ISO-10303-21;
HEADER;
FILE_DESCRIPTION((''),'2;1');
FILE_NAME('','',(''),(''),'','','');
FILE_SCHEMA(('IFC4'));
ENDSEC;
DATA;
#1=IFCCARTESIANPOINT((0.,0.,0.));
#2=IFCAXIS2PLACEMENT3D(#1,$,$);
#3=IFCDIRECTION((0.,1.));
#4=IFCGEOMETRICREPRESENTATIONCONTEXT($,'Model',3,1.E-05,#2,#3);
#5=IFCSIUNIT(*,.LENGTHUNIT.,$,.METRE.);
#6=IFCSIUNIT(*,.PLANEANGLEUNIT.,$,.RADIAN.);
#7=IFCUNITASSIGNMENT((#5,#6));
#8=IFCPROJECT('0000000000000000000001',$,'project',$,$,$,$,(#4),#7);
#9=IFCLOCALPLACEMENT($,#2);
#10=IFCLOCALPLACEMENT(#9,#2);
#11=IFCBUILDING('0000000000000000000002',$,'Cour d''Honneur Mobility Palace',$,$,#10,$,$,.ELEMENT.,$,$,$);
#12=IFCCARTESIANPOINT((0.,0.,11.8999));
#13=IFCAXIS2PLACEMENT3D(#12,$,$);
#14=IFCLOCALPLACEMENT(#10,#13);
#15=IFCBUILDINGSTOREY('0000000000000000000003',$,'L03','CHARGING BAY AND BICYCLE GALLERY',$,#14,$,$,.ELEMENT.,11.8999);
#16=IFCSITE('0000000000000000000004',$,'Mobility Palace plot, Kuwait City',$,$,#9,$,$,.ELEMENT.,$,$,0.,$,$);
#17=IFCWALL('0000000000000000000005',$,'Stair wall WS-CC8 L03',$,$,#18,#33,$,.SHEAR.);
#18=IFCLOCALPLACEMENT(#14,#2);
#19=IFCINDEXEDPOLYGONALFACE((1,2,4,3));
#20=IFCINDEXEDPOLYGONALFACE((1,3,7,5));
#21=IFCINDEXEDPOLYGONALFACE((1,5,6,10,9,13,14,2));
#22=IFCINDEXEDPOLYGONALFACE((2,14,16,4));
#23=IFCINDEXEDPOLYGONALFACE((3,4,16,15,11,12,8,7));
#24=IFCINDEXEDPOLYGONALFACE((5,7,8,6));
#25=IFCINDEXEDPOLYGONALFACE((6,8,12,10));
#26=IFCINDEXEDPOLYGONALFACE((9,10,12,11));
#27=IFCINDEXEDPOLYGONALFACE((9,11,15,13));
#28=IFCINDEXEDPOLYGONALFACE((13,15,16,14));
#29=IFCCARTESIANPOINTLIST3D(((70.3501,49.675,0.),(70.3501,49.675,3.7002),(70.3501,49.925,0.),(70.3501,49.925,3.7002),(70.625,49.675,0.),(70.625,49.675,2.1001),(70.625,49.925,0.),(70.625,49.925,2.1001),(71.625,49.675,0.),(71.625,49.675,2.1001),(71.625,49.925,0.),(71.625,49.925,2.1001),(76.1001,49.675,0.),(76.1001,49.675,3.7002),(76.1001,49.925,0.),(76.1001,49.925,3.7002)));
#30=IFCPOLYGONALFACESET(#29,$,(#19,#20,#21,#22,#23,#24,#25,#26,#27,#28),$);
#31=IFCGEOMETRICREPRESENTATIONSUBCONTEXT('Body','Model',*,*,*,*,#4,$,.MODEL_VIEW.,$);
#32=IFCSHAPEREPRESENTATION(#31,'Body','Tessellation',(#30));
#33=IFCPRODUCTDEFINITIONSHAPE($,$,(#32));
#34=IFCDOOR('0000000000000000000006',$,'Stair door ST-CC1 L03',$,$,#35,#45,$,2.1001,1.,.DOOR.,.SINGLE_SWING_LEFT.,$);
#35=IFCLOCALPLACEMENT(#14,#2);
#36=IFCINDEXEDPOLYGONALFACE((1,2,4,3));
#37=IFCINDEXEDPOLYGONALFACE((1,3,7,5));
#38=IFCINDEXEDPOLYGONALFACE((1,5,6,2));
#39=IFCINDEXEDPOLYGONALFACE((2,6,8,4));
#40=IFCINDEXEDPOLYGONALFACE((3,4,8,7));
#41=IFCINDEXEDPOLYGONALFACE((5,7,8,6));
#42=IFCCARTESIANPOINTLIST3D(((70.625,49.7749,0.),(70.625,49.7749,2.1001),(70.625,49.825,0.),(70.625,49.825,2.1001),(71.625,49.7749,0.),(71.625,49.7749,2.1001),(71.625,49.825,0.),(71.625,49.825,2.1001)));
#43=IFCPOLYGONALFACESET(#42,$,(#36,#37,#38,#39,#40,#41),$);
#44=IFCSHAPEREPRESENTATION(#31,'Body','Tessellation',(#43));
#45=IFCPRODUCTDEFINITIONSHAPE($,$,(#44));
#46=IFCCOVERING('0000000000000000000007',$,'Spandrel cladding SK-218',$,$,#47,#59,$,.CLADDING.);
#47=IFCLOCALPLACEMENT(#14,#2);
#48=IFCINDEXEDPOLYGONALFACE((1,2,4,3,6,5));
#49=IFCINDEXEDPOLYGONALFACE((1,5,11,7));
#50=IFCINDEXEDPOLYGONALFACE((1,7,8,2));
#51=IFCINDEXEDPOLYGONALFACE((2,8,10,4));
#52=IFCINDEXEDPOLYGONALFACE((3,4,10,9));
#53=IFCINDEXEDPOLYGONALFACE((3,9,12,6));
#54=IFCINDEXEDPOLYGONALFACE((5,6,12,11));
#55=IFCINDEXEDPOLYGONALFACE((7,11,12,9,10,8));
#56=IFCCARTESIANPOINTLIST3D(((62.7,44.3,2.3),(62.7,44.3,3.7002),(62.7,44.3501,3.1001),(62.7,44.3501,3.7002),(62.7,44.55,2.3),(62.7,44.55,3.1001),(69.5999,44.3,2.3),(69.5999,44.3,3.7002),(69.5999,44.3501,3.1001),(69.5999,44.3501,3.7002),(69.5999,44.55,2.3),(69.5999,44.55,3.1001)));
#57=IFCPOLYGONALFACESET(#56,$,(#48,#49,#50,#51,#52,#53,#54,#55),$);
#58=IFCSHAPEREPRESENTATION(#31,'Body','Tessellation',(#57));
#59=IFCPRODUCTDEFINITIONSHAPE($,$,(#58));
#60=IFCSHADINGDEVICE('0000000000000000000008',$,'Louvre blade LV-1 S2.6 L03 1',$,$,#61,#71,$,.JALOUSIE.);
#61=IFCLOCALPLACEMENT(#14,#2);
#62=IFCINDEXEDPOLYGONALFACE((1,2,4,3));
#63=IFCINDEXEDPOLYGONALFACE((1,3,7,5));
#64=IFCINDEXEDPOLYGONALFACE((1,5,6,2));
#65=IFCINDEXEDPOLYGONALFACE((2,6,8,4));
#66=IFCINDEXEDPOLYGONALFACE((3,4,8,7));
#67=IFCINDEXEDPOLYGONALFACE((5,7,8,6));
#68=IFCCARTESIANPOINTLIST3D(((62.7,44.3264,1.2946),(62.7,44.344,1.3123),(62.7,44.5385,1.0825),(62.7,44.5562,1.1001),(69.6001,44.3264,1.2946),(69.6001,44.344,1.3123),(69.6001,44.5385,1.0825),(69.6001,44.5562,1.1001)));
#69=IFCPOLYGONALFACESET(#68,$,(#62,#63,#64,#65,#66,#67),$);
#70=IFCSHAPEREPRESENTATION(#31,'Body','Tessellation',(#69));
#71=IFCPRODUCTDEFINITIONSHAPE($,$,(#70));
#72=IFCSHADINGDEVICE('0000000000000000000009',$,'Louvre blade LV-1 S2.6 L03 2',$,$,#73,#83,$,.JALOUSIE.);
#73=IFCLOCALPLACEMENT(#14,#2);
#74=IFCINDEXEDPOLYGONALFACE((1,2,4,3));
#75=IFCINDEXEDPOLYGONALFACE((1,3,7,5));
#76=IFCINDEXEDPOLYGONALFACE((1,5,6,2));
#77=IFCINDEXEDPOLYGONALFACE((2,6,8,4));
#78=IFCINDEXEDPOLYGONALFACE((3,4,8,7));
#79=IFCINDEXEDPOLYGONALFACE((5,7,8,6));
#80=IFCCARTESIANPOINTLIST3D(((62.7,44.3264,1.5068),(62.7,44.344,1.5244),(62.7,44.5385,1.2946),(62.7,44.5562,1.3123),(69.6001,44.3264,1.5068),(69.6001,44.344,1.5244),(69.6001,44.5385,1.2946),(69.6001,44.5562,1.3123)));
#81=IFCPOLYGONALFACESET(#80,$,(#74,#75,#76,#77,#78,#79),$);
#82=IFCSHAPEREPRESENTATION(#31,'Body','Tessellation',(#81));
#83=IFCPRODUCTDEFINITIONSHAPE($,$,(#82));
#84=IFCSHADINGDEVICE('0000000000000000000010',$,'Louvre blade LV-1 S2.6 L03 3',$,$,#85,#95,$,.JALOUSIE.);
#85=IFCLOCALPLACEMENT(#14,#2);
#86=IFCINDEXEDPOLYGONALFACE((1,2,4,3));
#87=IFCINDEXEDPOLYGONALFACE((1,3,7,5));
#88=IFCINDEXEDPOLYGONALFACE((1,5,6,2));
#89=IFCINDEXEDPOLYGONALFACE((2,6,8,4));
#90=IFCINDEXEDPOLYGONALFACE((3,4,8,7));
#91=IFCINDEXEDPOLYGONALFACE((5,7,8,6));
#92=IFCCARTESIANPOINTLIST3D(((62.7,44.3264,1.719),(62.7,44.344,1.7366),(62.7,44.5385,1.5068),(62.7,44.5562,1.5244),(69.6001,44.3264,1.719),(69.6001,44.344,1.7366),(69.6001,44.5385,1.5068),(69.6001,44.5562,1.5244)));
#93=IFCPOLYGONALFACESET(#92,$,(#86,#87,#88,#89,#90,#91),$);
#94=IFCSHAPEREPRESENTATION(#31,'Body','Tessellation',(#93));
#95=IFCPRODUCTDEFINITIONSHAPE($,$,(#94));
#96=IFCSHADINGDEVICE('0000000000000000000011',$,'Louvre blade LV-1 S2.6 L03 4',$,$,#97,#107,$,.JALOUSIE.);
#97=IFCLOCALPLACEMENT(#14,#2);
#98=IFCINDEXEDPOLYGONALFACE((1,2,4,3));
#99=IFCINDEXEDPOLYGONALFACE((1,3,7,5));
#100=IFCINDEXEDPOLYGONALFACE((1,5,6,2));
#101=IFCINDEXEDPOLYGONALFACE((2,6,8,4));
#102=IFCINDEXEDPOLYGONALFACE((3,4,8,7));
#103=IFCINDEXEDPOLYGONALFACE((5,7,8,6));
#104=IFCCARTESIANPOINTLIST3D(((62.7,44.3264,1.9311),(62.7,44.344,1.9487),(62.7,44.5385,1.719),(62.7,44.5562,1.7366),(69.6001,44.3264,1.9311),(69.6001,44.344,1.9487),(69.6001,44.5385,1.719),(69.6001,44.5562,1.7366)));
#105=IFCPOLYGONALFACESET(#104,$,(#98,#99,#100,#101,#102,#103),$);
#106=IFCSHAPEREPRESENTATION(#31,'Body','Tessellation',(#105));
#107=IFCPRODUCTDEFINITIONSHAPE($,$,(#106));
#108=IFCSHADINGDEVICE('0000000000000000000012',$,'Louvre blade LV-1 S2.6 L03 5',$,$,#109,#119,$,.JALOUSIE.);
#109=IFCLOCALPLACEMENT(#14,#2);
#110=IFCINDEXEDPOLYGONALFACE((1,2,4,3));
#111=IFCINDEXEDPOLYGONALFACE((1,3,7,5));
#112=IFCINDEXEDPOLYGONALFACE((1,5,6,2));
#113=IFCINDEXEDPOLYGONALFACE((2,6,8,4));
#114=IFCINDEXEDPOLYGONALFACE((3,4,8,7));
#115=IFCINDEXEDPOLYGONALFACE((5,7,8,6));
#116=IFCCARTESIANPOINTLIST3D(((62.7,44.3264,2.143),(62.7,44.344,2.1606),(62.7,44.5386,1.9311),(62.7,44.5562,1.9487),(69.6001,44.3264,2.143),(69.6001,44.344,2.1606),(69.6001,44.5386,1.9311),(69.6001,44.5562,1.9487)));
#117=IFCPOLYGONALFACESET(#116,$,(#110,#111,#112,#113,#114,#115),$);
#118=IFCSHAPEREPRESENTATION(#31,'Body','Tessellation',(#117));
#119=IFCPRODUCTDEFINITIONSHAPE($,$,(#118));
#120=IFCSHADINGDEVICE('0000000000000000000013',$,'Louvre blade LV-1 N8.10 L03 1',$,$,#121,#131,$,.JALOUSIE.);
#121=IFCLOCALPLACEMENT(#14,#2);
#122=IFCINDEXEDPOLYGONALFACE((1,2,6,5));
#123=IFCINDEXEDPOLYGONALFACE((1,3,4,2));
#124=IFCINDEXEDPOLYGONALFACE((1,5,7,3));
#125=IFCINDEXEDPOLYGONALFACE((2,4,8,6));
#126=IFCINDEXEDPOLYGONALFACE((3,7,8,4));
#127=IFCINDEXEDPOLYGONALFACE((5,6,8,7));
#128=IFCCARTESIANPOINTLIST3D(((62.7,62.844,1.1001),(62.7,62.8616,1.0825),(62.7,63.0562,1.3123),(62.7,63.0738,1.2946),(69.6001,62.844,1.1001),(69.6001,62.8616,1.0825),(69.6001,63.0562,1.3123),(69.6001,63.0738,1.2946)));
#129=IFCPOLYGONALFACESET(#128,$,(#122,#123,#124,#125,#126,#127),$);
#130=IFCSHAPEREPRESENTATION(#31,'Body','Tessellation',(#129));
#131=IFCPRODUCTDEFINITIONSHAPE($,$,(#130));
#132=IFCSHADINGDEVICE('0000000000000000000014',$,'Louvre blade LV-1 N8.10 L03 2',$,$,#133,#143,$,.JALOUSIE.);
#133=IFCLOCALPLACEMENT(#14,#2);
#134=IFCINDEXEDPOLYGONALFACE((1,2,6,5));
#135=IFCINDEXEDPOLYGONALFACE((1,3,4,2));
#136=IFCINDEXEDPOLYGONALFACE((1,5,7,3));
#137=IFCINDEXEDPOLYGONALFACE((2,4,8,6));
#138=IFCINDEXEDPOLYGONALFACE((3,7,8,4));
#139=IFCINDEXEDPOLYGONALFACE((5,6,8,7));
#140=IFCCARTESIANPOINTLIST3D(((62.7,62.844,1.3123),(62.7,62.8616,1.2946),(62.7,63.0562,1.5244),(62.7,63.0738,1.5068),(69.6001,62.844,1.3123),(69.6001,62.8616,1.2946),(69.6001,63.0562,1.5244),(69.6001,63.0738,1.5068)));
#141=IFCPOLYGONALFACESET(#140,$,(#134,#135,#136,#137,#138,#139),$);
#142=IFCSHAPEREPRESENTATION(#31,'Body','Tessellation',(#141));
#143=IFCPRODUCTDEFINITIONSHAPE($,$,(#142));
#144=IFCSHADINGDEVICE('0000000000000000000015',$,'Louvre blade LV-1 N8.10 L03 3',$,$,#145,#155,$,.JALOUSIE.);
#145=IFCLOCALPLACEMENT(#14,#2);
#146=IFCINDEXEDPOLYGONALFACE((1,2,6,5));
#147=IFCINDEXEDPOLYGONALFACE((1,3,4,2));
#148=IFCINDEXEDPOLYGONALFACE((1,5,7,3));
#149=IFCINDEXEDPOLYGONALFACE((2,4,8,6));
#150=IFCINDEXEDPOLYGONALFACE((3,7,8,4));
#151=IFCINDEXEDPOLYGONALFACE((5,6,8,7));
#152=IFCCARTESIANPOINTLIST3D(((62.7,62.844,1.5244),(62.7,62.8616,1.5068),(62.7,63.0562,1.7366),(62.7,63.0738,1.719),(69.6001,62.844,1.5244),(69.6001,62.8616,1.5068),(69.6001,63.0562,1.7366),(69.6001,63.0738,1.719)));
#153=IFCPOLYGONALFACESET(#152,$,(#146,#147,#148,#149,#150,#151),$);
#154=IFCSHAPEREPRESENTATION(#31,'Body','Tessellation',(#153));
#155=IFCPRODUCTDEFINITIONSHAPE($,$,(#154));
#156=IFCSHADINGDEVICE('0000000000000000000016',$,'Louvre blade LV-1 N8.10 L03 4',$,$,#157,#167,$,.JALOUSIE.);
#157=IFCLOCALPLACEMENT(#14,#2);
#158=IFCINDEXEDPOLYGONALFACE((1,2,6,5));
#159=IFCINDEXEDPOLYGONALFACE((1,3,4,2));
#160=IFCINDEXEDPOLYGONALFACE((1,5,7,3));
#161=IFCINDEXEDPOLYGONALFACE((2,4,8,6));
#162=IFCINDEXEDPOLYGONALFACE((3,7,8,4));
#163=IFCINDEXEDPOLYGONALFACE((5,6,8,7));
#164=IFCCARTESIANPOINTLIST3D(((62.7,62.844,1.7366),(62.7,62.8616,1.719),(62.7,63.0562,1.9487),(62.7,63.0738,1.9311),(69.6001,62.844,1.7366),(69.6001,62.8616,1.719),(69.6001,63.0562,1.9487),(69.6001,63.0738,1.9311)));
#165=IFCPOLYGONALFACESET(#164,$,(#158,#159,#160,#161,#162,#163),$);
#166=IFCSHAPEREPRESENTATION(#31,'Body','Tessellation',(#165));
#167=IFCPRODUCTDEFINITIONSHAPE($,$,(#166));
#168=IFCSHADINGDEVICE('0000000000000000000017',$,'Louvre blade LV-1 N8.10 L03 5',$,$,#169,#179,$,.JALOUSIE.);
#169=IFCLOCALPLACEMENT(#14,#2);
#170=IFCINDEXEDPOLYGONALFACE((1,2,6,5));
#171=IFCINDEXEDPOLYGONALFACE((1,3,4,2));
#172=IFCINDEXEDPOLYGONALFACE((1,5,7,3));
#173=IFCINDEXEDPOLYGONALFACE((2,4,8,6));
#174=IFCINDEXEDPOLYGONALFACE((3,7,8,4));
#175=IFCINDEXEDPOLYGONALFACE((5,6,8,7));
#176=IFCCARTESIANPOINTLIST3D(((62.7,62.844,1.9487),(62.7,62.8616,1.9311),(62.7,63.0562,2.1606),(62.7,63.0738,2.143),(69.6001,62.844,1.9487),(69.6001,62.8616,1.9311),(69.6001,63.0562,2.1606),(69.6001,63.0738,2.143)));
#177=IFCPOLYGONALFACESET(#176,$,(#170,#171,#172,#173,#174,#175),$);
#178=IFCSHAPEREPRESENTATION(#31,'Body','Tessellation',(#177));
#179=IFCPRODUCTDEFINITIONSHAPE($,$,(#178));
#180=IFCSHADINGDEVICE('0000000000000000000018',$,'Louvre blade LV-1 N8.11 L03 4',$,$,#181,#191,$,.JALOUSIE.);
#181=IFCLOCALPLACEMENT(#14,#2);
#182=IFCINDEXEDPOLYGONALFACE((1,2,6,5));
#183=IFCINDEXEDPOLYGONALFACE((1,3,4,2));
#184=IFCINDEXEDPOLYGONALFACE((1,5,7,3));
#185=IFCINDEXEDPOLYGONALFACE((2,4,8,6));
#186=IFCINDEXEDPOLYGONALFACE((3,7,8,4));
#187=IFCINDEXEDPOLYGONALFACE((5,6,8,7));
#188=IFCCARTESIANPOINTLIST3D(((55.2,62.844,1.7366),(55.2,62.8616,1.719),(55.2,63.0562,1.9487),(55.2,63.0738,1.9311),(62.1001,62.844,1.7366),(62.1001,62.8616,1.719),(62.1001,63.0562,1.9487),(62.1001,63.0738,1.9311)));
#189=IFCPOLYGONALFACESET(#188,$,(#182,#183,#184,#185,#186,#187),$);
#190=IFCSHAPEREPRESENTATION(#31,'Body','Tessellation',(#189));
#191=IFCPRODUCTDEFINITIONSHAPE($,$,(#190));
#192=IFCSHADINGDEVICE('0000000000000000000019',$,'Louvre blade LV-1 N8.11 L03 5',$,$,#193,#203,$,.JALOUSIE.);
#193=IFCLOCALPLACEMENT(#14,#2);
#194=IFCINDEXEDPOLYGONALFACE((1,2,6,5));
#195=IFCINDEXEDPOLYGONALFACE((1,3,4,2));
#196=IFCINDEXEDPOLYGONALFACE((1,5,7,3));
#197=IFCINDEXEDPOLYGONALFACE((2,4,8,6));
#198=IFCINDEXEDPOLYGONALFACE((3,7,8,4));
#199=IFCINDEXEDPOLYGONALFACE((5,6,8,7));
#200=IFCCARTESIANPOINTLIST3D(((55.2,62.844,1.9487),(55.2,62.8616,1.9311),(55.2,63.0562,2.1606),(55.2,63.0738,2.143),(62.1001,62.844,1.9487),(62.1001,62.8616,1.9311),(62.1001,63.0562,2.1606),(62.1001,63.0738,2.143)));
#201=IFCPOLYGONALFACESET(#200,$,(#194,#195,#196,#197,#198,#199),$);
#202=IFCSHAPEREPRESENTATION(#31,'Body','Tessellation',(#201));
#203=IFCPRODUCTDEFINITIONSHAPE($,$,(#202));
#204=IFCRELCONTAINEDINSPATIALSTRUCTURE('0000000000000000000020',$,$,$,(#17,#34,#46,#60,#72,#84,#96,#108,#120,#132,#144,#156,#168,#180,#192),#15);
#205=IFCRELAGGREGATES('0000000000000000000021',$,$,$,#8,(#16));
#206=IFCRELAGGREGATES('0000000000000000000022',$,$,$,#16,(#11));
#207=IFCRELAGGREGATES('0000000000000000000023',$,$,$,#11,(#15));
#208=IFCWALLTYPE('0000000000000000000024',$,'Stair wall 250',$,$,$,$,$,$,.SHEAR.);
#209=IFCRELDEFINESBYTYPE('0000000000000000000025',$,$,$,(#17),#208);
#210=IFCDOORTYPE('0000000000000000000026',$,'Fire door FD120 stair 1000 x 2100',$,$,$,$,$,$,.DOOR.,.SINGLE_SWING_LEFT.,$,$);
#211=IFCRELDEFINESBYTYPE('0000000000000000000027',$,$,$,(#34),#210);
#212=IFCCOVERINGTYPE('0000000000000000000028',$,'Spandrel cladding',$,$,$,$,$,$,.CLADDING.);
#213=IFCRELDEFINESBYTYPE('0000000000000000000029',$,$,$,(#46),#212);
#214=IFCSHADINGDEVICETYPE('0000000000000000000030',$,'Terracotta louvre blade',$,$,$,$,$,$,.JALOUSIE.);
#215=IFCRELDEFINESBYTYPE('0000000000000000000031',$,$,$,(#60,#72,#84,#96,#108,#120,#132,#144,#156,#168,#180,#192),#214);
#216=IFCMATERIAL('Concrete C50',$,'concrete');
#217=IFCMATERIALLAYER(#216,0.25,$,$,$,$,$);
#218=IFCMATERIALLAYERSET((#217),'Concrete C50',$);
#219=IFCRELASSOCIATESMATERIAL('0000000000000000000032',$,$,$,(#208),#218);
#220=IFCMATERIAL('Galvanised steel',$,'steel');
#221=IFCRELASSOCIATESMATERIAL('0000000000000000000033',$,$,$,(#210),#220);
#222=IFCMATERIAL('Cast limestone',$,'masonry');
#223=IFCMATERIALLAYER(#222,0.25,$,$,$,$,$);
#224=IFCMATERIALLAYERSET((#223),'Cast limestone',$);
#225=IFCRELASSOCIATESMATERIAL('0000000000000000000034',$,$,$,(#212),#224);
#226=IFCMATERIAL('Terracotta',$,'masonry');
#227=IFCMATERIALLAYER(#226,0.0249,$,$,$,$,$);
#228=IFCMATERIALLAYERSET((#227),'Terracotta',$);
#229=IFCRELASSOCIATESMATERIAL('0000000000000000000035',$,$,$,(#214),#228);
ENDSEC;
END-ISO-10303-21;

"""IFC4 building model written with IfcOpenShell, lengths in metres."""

from ifc_helpers import new_model, si_unit, direction, frame, frame_2d, origin, place, context, subcontext, project, spatial, polyline, rectangle, outline, extrude, material, layer, layer_set, type_object, element, fill, save


model = new_model("IFC4")

# Units and contexts
model_context = context("Model", 3, precision=1e-05, world=origin(), true_north=direction((0.0, 1.0)))
body_context = subcontext(model_context, "Body", "Model", "MODEL_VIEW")
ifc_project = project(units=[si_unit("LENGTHUNIT", "METRE"), si_unit("PLANEANGLEUNIT", "RADIAN")], contexts=[model_context])

# Site, building, storey
site_placement = place(None, origin())
site = spatial("IfcSite", under=ifc_project, at=site_placement, Name="Mobility Palace plot, Kuwait City", CompositionType="ELEMENT", RefElevation=0.0)
building_placement = place(site_placement, origin())
building = spatial("IfcBuilding", under=site, at=building_placement, Name="Cour d'Honneur Mobility Palace", CompositionType="ELEMENT")
storey_placement = place(building_placement, frame((0.0, 0.0, 11.8999)))
storey = spatial("IfcBuildingStorey", under=building, at=storey_placement, Name="L03", Description="CHARGING BAY AND BICYCLE GALLERY", CompositionType="ELEMENT", Elevation=11.8999)

# Shared definitions
ifc_material_1 = material(Name="Concrete C50", Category="concrete")
ifc_layer_1 = layer(ifc_material_1, 0.25)
ifc_layer_set_1 = layer_set([ifc_layer_1], Name="Concrete C50")
wall_type_1 = type_object("IfcWallType", Name="Stair wall 250", PredefinedType="SHEAR", material=ifc_layer_set_1)

# Wall, opening, door
wall_1_placement = place(storey_placement, frame((70.3501, 49.8, 0.0), z_axis=(0.0, 0.0, 1.0), x_axis=(1.0, 0.0, 0.0)))
wall_1 = element("IfcWall", 1, at=wall_1_placement, inside=storey, type_object=wall_type_1, Name="Stair wall WS-CC8 L03", PredefinedType="SHEAR", context=body_context, shape_type="SweptSolid", body=[
    extrude(rectangle(XDim=5.75, YDim=0.25, at=frame_2d((2.875, 0.0))), origin(), (0.0, 0.0, 1.0), 3.7002),
])
opening_placement = place(wall_1_placement, frame((0.2749, 0.0, 0.0)))
opening = element("IfcOpeningElement", 2, at=opening_placement, cuts=wall_1, PredefinedType="OPENING", context=body_context, shape_type="SweptSolid", body=[
    extrude(rectangle(XDim=1.0, YDim=2.1001, at=frame_2d((0.5, 1.05))), frame((0.0, 0.135, 0.0), z_axis=(0.0, -1.0, 0.0), x_axis=(1.0, 0.0, 0.0)), (0.0, 0.0, 1.0), 0.27),
])
ifc_material_2 = material(Name="Galvanised steel", Category="steel")
door_type = type_object("IfcDoorType", Name="Fire door FD120 stair 1000 x 2100", OperationType="SINGLE_SWING_LEFT", PredefinedType="DOOR", material=ifc_material_2)
door_placement = place(opening_placement, origin())
door = element("IfcDoor", 3, at=door_placement, inside=storey, type_object=door_type, Name="Stair door ST-CC1 L03", OperationType="SINGLE_SWING_LEFT", OverallHeight=2.1001, OverallWidth=1.0, PredefinedType="DOOR", context=body_context, shape_type="SweptSolid", body=[
    extrude(rectangle(XDim=1.0, YDim=2.1001, at=frame_2d((0.5, 1.05))), frame((0.0, 0.0249, 0.0), z_axis=(0.0, -1.0, 0.0), x_axis=(1.0, 0.0, 0.0)), (0.0, 0.0, 1.0), 0.05),
])
fill(opening, door)

# Covering
ifc_material_3 = material(Name="Cast limestone", Category="masonry")
ifc_layer_2 = layer(ifc_material_3, 0.25)
ifc_layer_set_2 = layer_set([ifc_layer_2], Name="Cast limestone")
covering_type = type_object("IfcCoveringType", Name="Spandrel cladding", PredefinedType="CLADDING", material=ifc_layer_set_2)
covering_placement = place(storey_placement, frame((62.7, 44.55, 2.3), z_axis=(-1.0, 0.0, 0.0), x_axis=(0.0, -1.0, 0.0)))
element("IfcCovering", 4, at=covering_placement, inside=storey, type_object=covering_type, Name="Spandrel cladding SK-218", PredefinedType="CLADDING", context=body_context, shape_type="SweptSolid", body=[
    extrude(outline(polyline([(0.0, 0.0), (0.25, 0.0), (0.25, 1.4001), (0.2, 1.4001), (0.2, 0.8), (0.0, 0.8), (0.0, 0.0)])), origin(), (0.0, 0.0, -1.0), 6.8999),
])

# Shading devices
ifc_material_4 = material(Name="Terracotta", Category="masonry")
ifc_layer_3 = layer(ifc_material_4, 0.0249)
ifc_layer_set_3 = layer_set([ifc_layer_3], Name="Terracotta")
shading_device_type = type_object("IfcShadingDeviceType", Name="Terracotta louvre blade", PredefinedType="JALOUSIE", material=ifc_layer_set_3)
for number, where, z_axis, x_axis, name in (
    (5, (62.7, 44.5562, 1.1001), (0.0, 0.707107, 0.707107), (1.0, 0.0, 0.0), "Louvre blade LV-1 S2.6 L03 1"),
    (6, (62.7, 44.5562, 1.3123), (0.0, 0.707107, 0.707107), (1.0, 0.0, 0.0), "Louvre blade LV-1 S2.6 L03 2"),
    (7, (62.7, 44.5562, 1.5244), (0.0, 0.707107, 0.707107), (1.0, 0.0, 0.0), "Louvre blade LV-1 S2.6 L03 3"),
    (8, (62.7, 44.5562, 1.7366), (0.0, 0.707107, 0.707107), (1.0, 0.0, 0.0), "Louvre blade LV-1 S2.6 L03 4"),
):
    element("IfcShadingDevice", number, at=place(storey_placement, frame(where, z_axis=z_axis, x_axis=x_axis)), inside=storey, type_object=shading_device_type, Name=name, PredefinedType="JALOUSIE", context=body_context, shape_type="SweptSolid", body=[
        extrude(outline(polyline([(0.0, 0.0), (6.9001, 0.0), (6.9001, -0.3), (0.0, -0.3), (0.0, 0.0)])), origin(), (0.0, 0.0, -1.0), 0.0249),
    ])
shading_device_1_placement = place(storey_placement, frame((62.7, 44.5562, 1.9487), z_axis=(0.0, 0.7067, 0.707514), x_axis=(1.0, 0.0, 0.0)))
element("IfcShadingDevice", 9, at=shading_device_1_placement, inside=storey, type_object=shading_device_type, Name="Louvre blade LV-1 S2.6 L03 5", PredefinedType="JALOUSIE", context=body_context, shape_type="SweptSolid", body=[
    extrude(outline(polyline([(0.0, 0.0), (6.9001, 0.0), (6.9001, -0.2999), (0.0, -0.2999), (0.0, 0.0)])), origin(), (0.0, 0.0, -1.0), 0.0249),
])
for number, where, z_axis, x_axis, name in (
    (10, (69.6001, 62.844, 1.1001), (0.0, -0.707107, 0.707107), (-1.0, 0.0, 0.0), "Louvre blade LV-1 N8.10 L03 1"),
    (11, (69.6001, 62.844, 1.3123), (0.0, -0.707107, 0.707107), (-1.0, 0.0, 0.0), "Louvre blade LV-1 N8.10 L03 2"),
    (12, (69.6001, 62.844, 1.5244), (0.0, -0.707107, 0.707107), (-1.0, 0.0, 0.0), "Louvre blade LV-1 N8.10 L03 3"),
    (13, (69.6001, 62.844, 1.7366), (0.0, -0.707107, 0.707107), (-1.0, 0.0, 0.0), "Louvre blade LV-1 N8.10 L03 4"),
):
    element("IfcShadingDevice", number, at=place(storey_placement, frame(where, z_axis=z_axis, x_axis=x_axis)), inside=storey, type_object=shading_device_type, Name=name, PredefinedType="JALOUSIE", context=body_context, shape_type="SweptSolid", body=[
        extrude(outline(polyline([(0.0, 0.0), (6.9001, 0.0), (6.9001, -0.3), (0.0, -0.3), (0.0, 0.0)])), origin(), (0.0, 0.0, -1.0), 0.0249),
    ])
shading_device_2_placement = place(storey_placement, frame((69.6001, 62.844, 1.9487), z_axis=(0.0, -0.7067, 0.707514), x_axis=(-1.0, 0.0, 0.0)))
element("IfcShadingDevice", 14, at=shading_device_2_placement, inside=storey, type_object=shading_device_type, Name="Louvre blade LV-1 N8.10 L03 5", PredefinedType="JALOUSIE", context=body_context, shape_type="SweptSolid", body=[
    extrude(outline(polyline([(0.0, 0.0), (6.9001, 0.0), (6.9001, -0.2999), (0.0, -0.2999), (0.0, 0.0)])), origin(), (0.0, 0.0, -1.0), 0.0249),
])
shading_device_3_placement = place(storey_placement, frame((62.1001, 62.844, 1.7366), z_axis=(0.0, -0.707107, 0.707107), x_axis=(-1.0, 0.0, 0.0)))
element("IfcShadingDevice", 15, at=shading_device_3_placement, inside=storey, type_object=shading_device_type, Name="Louvre blade LV-1 N8.11 L03 4", PredefinedType="JALOUSIE", context=body_context, shape_type="SweptSolid", body=[
    extrude(outline(polyline([(0.0, 0.0), (6.9001, 0.0), (6.9001, -0.3), (0.0, -0.3), (0.0, 0.0)])), origin(), (0.0, 0.0, -1.0), 0.0249),
])
shading_device_4_placement = place(storey_placement, frame((62.1001, 62.844, 1.9487), z_axis=(0.0, -0.7067, 0.707514), x_axis=(-1.0, 0.0, 0.0)))
element("IfcShadingDevice", 16, at=shading_device_4_placement, inside=storey, type_object=shading_device_type, Name="Louvre blade LV-1 N8.11 L03 5", PredefinedType="JALOUSIE", context=body_context, shape_type="SweptSolid", body=[
    extrude(outline(polyline([(0.0, 0.0), (6.9001, 0.0), (6.9001, -0.2999), (0.0, -0.2999), (0.0, 0.0)])), origin(), (0.0, 0.0, -1.0), 0.0249),
])

save(model, "model.ifc")
